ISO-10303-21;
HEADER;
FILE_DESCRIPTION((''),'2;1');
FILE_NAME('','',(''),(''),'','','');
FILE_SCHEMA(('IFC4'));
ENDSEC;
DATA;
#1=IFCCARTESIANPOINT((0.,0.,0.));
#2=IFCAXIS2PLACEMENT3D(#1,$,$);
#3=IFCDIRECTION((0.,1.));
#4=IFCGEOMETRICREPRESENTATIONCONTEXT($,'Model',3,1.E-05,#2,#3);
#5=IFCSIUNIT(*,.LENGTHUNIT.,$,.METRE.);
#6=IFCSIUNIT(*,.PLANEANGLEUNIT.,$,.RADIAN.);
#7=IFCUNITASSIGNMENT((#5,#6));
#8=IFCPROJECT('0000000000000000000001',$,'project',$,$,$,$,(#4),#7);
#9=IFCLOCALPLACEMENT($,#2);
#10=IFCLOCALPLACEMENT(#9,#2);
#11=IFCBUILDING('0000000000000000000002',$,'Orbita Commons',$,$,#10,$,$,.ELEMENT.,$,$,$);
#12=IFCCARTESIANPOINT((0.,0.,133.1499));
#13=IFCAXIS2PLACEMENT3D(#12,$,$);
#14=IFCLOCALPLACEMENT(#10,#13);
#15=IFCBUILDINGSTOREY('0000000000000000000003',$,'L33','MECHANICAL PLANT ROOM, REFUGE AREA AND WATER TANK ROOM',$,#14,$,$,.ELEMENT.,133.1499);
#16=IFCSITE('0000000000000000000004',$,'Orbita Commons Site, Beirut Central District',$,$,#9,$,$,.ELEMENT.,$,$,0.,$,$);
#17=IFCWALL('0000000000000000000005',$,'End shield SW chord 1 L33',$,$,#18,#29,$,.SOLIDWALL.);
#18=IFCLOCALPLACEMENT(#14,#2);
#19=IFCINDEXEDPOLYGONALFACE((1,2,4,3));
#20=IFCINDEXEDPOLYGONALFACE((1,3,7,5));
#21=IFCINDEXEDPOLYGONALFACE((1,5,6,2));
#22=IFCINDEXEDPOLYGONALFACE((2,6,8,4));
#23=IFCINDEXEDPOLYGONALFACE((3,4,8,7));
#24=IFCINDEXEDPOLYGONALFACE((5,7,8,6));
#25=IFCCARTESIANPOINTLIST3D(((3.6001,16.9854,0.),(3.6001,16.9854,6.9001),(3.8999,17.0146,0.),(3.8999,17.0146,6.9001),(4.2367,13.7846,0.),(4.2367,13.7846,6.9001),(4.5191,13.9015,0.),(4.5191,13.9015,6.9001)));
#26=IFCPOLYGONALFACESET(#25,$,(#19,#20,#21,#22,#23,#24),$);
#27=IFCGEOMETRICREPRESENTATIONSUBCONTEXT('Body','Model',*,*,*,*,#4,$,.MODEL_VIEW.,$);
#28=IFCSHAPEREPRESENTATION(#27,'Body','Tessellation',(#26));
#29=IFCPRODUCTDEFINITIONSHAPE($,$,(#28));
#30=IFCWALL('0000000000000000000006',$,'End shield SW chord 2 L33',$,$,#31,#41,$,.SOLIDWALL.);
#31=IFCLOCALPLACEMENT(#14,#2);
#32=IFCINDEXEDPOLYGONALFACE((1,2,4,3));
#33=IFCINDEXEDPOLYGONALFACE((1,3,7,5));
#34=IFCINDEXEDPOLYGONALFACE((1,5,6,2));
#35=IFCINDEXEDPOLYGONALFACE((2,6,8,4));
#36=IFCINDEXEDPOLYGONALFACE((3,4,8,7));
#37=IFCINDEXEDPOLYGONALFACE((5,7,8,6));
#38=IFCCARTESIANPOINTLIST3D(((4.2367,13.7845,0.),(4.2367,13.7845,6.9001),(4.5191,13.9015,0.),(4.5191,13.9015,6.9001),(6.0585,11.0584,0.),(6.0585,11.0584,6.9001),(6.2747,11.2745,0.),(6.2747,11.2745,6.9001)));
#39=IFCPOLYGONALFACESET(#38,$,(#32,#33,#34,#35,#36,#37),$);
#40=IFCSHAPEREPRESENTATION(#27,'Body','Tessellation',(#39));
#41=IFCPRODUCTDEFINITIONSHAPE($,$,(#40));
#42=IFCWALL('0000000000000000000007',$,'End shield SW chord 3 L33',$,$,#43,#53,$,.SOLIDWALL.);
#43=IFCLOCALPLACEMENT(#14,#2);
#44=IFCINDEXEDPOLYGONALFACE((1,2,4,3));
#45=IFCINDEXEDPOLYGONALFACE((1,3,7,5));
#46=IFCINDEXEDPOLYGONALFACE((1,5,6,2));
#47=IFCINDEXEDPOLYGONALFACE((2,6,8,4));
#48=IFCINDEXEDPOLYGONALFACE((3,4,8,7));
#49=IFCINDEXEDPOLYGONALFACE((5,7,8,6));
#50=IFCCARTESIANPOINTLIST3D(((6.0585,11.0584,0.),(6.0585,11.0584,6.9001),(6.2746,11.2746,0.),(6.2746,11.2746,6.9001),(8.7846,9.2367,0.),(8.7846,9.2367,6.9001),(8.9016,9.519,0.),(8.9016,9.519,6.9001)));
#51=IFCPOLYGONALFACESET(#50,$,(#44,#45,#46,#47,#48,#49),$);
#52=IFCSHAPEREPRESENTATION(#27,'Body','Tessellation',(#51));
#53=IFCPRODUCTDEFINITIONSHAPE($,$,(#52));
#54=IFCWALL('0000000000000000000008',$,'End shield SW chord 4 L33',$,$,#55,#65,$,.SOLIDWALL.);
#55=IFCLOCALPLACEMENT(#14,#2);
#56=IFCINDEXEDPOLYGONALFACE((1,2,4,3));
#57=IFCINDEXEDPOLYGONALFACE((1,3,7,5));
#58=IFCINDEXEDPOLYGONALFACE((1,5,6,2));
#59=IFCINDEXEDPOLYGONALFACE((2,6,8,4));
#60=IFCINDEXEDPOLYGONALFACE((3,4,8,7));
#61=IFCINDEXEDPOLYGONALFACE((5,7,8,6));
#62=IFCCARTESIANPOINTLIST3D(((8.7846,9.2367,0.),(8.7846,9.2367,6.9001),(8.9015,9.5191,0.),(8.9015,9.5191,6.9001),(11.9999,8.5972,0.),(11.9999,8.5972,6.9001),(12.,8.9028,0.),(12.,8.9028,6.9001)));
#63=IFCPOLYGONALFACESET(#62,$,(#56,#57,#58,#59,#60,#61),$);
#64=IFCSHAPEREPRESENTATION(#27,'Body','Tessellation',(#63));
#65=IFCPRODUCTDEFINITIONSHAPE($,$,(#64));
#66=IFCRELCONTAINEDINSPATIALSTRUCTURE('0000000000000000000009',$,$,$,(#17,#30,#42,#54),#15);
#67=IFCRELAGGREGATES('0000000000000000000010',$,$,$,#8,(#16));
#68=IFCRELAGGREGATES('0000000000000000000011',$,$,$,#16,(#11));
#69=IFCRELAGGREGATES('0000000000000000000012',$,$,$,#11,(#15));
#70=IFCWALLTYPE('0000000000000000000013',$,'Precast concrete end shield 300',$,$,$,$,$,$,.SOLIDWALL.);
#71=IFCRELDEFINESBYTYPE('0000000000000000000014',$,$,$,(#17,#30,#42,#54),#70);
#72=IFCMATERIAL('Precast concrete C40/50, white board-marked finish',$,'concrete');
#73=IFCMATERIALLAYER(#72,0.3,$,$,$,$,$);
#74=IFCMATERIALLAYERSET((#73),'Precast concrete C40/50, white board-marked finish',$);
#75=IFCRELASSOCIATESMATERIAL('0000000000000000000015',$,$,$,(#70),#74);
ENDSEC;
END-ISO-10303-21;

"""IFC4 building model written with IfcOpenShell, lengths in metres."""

from ifc_helpers import new_model, si_unit, direction, frame, origin, place, context, subcontext, project, spatial, polyline, outline, extrude, material, layer, layer_set, type_object, element, save


model = new_model("IFC4")

# Units and contexts
model_context = context("Model", 3, precision=1e-05, world=origin(), true_north=direction((0.0, 1.0)))
body_context = subcontext(model_context, "Body", "Model", "MODEL_VIEW")
ifc_project = project(units=[si_unit("LENGTHUNIT", "METRE"), si_unit("PLANEANGLEUNIT", "RADIAN")], contexts=[model_context])

# Site, building, storey
site_placement = place(None, origin())
site = spatial("IfcSite", under=ifc_project, at=site_placement, Name="Orbita Commons Site, Beirut Central District", CompositionType="ELEMENT", RefElevation=0.0)
building_placement = place(site_placement, origin())
building = spatial("IfcBuilding", under=site, at=building_placement, Name="Orbita Commons", CompositionType="ELEMENT")
storey_placement = place(building_placement, frame((0.0, 0.0, 133.1499)))
storey = spatial("IfcBuildingStorey", under=building, at=storey_placement, Name="L33", Description="MECHANICAL PLANT ROOM, REFUGE AREA AND WATER TANK ROOM", CompositionType="ELEMENT", Elevation=133.1499)

# Walls
ifc_material_1 = material(Name="Precast concrete C40/50, white board-marked finish", Category="concrete")
ifc_layer_1 = layer(ifc_material_1, 0.3)
ifc_layer_set_1 = layer_set([ifc_layer_1], Name="Precast concrete C40/50, white board-marked finish")
wall_type_1 = type_object("IfcWallType", Name="Precast concrete end shield 300", PredefinedType="SOLIDWALL", material=ifc_layer_set_1)
wall_1_placement = place(storey_placement, frame((3.75, 17.0, 0.0), z_axis=(0.0, 0.0, 1.0), x_axis=(0.19508, -0.980787, 0.0)))
element("IfcWall", 1, at=wall_1_placement, inside=storey, type_object=wall_type_1, Name="End shield SW chord 1 L33", PredefinedType="SOLIDWALL", context=body_context, shape_type="SweptSolid", body=[
    extrude(outline(polyline([(-0.0149, -0.1499), (3.2485, -0.1499), (3.189, 0.1499), (0.0149, 0.1499), (-0.0149, -0.1499)])), origin(), (0.0, 0.0, 1.0), 6.9001),
])
for number, where, z_axis, x_axis, name in (
    (2, (4.3779, 13.843, 0.0), (0.0, 0.0, 1.0), (0.55561, -0.831443, 0.0), "End shield SW chord 2 L33"),
    (3, (6.1665, 11.1665, 0.0), (0.0, 0.0, 1.0), (0.831443, -0.55561, 0.0), "End shield SW chord 3 L33"),
):
    element("IfcWall", number, at=place(storey_placement, frame(where, z_axis=z_axis, x_axis=x_axis)), inside=storey, type_object=wall_type_1, Name=name, PredefinedType="SOLIDWALL", context=body_context, shape_type="SweptSolid", body=[
        extrude(outline(polyline([(-0.0298, -0.1499), (3.249, -0.1499), (3.1895, 0.1499), (0.0298, 0.1499), (-0.0298, -0.1499)])), origin(), (0.0, 0.0, 1.0), 6.9001),
    ])
wall_2_placement = place(storey_placement, frame((8.843, 9.3779, 0.0), z_axis=(0.0, 0.0, 1.0), x_axis=(0.980787, -0.19508, 0.0)))
element("IfcWall", 4, at=wall_2_placement, inside=storey, type_object=wall_type_1, Name="End shield SW chord 4 L33", PredefinedType="SOLIDWALL", context=body_context, shape_type="SweptSolid", body=[
    extrude(outline(polyline([(-0.0298, -0.1499), (3.2485, -0.1499), (3.189, 0.1499), (0.0298, 0.1499), (-0.0298, -0.1499)])), origin(), (0.0, 0.0, 1.0), 6.9001),
])

save(model, "model.ifc")
